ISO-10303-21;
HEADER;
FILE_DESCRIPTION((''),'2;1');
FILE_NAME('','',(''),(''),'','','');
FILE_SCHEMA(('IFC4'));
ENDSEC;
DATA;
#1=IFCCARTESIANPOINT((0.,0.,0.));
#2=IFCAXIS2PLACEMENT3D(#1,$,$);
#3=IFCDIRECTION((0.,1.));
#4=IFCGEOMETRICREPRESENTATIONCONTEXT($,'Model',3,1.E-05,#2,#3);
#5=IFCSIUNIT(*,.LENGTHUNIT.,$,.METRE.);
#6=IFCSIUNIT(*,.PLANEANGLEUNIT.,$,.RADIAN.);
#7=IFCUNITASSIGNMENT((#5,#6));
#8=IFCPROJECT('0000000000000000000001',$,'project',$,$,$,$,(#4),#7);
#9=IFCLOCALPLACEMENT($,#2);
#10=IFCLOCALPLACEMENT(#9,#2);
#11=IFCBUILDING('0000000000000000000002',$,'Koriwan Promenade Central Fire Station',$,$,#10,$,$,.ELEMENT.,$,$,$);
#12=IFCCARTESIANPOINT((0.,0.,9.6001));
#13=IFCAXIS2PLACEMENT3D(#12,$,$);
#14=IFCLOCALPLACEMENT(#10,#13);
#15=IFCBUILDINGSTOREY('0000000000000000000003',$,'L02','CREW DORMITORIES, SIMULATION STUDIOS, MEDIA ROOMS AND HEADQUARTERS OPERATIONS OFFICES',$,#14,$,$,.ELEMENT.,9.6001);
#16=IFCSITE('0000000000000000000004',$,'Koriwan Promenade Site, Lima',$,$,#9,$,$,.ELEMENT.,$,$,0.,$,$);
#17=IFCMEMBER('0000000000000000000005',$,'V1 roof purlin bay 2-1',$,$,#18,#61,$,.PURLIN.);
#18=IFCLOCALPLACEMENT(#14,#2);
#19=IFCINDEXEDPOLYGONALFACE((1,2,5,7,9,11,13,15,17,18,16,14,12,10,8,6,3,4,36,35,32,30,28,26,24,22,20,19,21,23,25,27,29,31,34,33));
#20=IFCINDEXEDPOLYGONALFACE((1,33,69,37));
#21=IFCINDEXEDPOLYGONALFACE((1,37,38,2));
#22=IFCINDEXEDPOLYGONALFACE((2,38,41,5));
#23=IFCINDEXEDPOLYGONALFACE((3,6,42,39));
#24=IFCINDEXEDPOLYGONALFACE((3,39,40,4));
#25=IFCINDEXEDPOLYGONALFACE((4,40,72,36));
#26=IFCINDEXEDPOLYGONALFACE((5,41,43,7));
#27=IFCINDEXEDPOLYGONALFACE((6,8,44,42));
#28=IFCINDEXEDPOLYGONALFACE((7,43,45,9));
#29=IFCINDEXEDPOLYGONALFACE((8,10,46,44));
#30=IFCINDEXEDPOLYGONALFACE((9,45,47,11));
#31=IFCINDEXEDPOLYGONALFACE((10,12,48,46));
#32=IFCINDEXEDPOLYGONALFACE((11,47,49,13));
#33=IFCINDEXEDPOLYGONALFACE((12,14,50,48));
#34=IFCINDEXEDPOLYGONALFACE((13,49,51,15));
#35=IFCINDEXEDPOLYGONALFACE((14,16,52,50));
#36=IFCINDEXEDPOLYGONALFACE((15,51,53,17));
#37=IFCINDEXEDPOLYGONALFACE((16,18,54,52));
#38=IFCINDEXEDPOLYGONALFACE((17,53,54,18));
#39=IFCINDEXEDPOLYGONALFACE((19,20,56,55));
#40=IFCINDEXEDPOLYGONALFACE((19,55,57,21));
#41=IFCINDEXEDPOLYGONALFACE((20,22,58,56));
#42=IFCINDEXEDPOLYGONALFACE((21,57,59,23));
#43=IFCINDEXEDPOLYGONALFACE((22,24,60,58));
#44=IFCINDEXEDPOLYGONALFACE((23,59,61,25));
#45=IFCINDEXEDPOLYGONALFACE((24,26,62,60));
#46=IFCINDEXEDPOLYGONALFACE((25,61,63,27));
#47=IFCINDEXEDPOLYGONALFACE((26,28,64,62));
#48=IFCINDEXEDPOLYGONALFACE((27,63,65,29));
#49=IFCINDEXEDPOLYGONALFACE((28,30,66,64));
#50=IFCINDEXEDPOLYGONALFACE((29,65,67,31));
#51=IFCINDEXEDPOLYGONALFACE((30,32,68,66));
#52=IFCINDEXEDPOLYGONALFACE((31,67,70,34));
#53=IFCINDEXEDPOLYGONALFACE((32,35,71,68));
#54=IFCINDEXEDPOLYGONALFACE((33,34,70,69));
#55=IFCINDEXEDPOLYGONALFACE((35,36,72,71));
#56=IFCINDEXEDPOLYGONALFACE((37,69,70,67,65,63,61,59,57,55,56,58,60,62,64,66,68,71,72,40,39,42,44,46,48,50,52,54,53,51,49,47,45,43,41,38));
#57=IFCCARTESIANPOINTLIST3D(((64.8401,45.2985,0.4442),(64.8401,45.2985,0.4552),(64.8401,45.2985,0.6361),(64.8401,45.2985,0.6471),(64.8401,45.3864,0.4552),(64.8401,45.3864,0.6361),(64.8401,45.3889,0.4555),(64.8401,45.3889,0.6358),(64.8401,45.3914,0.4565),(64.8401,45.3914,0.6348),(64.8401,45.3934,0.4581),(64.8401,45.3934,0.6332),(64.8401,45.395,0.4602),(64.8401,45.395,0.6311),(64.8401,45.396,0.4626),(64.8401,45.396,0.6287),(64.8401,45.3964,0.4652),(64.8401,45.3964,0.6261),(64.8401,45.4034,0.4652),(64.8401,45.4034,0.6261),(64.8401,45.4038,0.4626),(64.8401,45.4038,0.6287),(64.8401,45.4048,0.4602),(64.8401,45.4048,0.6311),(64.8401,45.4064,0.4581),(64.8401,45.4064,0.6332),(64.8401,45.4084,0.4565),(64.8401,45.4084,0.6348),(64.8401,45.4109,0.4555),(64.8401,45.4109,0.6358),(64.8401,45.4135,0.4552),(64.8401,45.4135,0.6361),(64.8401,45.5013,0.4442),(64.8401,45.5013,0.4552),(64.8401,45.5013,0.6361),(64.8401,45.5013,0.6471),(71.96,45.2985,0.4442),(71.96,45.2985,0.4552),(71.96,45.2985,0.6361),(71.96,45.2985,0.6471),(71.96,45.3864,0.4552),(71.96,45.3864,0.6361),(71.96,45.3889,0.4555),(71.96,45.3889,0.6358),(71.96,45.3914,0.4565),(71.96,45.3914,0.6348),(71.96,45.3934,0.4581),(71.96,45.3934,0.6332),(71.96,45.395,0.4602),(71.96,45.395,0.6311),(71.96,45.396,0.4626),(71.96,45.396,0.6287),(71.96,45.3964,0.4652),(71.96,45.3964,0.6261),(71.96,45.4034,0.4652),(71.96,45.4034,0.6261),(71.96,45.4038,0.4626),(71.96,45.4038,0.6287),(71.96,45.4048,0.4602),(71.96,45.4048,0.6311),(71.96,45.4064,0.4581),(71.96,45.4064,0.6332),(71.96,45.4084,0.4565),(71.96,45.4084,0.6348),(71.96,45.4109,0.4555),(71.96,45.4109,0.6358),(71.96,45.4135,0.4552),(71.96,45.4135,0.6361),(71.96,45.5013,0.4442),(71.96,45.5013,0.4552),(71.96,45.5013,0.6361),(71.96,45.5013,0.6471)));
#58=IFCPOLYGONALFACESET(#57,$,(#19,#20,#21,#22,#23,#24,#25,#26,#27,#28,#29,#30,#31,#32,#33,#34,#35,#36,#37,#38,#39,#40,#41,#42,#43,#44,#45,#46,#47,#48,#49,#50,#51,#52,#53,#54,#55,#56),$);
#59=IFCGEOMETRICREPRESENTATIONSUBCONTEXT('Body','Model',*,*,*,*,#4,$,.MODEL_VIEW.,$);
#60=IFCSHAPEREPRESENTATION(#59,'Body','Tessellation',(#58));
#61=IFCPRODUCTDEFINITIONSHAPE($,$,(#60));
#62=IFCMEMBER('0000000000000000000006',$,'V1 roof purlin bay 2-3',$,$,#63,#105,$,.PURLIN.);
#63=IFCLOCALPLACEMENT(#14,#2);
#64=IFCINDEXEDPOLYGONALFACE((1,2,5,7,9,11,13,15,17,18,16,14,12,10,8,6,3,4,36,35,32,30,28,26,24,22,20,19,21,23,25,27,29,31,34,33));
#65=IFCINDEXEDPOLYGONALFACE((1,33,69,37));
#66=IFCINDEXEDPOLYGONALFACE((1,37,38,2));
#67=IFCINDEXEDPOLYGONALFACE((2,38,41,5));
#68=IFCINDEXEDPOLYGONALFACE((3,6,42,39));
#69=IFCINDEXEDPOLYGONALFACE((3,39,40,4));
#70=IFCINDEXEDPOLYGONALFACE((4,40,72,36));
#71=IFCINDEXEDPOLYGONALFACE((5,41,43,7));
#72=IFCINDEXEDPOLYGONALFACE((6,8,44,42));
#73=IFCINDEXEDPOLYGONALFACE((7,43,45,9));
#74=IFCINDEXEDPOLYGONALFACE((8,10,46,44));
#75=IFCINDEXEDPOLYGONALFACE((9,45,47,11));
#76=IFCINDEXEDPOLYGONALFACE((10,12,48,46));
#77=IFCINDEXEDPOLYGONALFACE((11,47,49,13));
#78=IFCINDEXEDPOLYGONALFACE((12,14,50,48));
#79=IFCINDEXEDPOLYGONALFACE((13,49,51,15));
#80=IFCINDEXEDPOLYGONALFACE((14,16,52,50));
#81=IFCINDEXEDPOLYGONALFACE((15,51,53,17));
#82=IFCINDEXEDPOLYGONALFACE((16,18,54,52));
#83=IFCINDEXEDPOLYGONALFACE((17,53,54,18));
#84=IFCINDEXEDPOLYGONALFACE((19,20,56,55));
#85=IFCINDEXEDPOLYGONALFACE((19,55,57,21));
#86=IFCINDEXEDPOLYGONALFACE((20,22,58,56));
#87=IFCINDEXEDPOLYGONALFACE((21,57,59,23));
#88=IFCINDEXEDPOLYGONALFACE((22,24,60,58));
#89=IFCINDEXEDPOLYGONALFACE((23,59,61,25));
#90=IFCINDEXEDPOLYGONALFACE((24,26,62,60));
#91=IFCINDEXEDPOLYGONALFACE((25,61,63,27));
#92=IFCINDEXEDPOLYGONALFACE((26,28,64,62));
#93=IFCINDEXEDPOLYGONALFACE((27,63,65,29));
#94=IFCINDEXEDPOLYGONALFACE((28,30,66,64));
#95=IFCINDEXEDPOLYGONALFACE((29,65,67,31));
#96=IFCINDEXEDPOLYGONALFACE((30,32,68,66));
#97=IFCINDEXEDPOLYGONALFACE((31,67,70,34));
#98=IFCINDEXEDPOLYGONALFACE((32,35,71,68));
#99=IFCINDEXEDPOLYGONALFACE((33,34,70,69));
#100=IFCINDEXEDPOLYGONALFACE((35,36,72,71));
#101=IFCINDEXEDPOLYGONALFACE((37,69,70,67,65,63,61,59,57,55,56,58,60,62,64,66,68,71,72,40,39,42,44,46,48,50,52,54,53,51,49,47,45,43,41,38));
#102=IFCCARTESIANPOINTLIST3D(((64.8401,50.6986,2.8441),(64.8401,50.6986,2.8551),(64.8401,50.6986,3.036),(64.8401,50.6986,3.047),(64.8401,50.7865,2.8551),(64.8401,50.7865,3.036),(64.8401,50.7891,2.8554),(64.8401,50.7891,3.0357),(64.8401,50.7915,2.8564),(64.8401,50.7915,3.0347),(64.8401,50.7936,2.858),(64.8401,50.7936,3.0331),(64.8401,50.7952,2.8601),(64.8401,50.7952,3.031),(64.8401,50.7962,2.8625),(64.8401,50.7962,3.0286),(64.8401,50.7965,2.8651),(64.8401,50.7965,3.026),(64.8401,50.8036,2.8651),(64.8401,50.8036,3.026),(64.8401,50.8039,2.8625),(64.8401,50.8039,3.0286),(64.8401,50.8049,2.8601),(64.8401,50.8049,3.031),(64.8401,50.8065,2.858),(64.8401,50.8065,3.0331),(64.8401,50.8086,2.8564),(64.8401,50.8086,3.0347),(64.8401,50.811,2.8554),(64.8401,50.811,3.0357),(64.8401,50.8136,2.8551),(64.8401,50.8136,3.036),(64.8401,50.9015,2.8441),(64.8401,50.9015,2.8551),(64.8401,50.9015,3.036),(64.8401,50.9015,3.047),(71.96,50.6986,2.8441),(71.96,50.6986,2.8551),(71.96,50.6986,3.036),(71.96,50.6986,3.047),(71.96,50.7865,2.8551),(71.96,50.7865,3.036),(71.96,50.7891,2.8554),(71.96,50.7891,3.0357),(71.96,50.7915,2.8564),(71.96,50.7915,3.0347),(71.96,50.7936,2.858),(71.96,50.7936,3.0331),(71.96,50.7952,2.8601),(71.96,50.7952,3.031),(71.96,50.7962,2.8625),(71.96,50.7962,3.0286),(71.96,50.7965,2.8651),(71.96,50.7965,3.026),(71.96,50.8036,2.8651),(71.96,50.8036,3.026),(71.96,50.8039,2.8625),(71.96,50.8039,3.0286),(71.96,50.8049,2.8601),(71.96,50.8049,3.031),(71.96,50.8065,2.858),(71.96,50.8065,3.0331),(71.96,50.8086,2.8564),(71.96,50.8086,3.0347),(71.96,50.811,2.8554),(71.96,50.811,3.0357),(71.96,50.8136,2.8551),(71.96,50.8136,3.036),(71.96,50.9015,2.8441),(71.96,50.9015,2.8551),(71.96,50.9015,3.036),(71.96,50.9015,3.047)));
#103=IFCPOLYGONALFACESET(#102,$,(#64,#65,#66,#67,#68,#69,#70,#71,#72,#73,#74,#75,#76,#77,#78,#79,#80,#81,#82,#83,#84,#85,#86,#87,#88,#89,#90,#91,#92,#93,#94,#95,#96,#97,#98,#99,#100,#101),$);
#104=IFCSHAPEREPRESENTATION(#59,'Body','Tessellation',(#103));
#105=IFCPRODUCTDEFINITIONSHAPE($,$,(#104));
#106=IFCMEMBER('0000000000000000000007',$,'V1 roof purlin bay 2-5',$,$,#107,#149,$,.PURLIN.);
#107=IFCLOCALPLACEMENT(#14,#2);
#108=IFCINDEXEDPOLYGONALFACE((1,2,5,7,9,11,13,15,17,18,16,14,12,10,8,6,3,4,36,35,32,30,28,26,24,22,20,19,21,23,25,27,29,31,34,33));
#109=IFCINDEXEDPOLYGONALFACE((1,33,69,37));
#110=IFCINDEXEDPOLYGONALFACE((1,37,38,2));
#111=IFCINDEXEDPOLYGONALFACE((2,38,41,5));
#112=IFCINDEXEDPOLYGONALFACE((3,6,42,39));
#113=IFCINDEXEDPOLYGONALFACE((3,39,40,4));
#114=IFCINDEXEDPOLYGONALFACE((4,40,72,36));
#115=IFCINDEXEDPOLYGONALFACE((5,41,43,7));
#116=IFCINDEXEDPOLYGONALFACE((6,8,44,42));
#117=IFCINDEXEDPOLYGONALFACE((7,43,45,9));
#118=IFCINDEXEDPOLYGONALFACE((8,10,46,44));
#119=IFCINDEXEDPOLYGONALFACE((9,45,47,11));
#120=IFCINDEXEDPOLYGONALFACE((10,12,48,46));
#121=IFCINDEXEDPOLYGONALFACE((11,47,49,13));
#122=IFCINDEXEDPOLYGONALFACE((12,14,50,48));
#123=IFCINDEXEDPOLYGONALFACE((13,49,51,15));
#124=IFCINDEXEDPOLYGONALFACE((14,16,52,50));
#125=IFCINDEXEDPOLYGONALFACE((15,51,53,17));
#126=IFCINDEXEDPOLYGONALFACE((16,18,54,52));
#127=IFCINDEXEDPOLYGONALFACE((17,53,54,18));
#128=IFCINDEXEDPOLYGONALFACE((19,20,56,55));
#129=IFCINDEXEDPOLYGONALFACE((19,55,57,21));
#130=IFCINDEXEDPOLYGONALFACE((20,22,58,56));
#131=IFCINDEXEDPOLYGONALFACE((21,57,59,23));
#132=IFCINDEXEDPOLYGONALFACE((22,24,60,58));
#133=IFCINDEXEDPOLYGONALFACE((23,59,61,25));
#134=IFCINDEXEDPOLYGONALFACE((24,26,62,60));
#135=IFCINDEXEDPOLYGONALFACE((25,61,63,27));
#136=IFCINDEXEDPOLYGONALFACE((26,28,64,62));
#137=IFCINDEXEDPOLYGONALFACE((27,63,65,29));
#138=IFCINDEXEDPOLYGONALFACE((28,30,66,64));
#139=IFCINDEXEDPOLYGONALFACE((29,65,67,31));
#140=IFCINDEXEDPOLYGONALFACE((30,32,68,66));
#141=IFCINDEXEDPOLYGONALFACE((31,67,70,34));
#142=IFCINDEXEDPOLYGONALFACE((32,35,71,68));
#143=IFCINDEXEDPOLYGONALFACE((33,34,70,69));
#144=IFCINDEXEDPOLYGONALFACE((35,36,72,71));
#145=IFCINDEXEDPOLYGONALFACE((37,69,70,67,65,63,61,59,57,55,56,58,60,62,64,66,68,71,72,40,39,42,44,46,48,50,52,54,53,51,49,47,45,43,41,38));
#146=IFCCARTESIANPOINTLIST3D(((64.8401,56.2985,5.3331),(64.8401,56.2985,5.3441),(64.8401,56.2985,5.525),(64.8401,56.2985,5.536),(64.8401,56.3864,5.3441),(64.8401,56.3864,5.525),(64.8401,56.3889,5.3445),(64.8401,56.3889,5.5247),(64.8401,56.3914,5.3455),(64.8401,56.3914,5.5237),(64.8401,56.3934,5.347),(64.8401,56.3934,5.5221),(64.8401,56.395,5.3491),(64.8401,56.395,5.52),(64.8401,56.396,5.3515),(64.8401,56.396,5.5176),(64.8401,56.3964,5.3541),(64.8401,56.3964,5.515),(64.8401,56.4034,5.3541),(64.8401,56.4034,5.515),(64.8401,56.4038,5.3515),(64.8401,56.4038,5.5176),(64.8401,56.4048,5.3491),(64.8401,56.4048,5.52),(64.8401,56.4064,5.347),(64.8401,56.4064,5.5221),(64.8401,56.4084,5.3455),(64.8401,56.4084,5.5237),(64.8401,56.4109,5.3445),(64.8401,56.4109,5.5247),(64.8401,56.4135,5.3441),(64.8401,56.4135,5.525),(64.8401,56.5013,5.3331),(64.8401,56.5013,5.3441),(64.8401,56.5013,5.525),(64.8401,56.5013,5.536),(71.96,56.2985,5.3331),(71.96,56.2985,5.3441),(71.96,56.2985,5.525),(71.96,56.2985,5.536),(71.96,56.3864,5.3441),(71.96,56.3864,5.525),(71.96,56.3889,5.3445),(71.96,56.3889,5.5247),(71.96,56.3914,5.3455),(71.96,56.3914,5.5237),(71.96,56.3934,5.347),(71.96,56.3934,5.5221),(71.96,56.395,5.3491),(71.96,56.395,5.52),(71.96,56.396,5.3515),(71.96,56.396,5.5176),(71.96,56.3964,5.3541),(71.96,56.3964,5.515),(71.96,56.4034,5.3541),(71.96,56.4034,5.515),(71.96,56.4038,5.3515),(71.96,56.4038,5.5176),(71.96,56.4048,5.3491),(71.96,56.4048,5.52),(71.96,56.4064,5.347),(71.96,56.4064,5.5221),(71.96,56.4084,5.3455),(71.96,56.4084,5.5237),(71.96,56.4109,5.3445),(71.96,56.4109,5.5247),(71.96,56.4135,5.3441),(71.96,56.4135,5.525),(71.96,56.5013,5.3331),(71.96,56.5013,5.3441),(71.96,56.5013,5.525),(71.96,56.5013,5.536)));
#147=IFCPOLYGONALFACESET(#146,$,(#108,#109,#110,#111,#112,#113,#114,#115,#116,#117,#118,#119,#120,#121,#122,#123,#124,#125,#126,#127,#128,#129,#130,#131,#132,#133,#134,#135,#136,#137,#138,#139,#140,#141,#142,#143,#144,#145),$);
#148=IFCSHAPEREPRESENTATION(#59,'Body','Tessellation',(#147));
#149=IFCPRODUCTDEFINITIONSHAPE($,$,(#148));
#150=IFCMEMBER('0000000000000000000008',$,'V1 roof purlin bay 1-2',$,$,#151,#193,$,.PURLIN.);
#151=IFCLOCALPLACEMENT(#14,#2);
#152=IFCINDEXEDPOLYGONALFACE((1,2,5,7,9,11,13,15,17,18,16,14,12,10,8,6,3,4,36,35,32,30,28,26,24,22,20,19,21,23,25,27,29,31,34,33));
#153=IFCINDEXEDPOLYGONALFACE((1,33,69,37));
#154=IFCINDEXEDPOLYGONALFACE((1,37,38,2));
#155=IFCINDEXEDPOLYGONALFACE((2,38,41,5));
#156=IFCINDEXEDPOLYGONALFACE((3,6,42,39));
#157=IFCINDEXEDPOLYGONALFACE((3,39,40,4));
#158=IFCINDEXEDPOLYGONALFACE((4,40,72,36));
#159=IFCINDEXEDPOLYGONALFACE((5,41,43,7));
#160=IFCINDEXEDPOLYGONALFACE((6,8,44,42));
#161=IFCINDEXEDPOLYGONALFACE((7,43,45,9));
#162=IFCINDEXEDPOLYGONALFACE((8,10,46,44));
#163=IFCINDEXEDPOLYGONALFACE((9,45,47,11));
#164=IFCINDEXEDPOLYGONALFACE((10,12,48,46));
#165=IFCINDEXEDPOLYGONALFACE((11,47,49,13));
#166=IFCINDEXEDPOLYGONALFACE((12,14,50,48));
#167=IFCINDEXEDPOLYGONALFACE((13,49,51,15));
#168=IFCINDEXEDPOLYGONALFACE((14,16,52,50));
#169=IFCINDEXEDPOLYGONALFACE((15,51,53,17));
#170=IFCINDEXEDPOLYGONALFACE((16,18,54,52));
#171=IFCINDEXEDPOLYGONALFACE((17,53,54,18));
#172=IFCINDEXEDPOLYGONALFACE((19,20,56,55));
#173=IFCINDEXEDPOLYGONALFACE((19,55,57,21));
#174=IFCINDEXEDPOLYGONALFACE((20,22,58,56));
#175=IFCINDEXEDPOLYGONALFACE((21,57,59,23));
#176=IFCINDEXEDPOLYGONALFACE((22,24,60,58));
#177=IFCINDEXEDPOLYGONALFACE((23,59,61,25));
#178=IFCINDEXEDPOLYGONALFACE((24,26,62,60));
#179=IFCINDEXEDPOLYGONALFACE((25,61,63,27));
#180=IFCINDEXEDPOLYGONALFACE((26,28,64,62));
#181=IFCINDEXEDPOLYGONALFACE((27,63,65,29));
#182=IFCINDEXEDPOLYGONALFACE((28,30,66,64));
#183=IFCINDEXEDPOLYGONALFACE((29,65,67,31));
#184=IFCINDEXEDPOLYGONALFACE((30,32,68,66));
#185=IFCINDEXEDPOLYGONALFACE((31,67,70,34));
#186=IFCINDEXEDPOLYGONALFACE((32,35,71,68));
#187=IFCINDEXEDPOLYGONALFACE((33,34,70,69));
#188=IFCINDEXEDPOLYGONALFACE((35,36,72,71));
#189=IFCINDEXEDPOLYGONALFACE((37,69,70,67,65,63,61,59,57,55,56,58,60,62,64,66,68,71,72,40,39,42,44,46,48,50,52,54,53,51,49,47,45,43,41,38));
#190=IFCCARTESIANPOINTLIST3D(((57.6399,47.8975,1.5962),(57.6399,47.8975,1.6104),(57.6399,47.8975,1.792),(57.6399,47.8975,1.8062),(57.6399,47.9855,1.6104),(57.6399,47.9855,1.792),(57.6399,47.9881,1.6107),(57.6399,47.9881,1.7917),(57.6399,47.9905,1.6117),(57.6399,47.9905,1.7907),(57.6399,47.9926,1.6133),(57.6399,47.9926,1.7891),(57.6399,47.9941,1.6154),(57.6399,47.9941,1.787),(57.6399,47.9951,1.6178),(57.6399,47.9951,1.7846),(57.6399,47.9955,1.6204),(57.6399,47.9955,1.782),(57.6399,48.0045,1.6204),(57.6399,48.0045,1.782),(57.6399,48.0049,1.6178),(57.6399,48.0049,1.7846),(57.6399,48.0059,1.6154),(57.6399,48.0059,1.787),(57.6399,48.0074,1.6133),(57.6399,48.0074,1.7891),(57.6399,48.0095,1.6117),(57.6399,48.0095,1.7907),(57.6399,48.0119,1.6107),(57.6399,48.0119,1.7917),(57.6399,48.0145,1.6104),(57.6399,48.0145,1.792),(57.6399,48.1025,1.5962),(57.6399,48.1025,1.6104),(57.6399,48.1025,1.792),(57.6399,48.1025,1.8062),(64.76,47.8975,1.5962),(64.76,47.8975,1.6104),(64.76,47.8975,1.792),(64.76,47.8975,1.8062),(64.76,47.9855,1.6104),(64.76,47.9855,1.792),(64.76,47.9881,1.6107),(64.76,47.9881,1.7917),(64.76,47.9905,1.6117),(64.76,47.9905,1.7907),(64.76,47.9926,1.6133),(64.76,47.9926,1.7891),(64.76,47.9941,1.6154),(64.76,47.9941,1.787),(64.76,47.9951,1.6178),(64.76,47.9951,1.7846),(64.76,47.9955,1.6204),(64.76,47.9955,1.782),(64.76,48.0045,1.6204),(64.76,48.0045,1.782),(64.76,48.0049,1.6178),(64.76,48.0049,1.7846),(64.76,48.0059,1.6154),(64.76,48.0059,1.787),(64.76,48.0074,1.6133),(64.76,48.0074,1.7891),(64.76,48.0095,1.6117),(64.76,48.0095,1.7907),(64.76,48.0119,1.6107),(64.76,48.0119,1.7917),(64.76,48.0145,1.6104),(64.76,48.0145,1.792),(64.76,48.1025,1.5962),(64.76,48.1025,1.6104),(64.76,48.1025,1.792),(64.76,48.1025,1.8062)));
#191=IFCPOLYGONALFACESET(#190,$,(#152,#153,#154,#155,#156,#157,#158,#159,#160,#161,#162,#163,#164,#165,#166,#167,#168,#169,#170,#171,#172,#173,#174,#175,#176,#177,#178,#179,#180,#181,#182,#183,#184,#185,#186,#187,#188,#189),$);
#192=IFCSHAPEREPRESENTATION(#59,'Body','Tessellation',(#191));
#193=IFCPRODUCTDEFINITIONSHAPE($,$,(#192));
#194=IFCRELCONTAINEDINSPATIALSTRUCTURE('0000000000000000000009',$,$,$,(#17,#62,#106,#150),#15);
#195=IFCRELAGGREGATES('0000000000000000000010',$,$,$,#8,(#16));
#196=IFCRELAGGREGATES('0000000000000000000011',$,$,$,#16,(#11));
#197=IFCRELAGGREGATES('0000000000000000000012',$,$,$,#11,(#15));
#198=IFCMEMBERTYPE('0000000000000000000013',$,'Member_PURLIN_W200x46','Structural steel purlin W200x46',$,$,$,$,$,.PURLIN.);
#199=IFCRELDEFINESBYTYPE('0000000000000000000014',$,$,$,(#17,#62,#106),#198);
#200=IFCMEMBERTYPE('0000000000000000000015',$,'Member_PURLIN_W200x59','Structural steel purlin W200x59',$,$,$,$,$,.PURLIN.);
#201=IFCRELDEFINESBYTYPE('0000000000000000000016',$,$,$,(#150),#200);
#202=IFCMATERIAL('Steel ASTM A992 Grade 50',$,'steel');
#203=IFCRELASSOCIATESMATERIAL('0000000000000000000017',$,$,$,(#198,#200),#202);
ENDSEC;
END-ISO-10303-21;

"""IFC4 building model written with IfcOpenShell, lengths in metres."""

from ifc_helpers import new_model, si_unit, direction, frame, origin, origin_2d, place, context, subcontext, project, spatial, i_section, extrude, material, material_profile, profile_set, type_object, element, save


model = new_model("IFC4")

# Units and contexts
model_context = context("Model", 3, precision=1e-05, world=origin(), true_north=direction((0.0, 1.0)))
body_context = subcontext(model_context, "Body", "Model", "MODEL_VIEW")
ifc_project = project(units=[si_unit("LENGTHUNIT", "METRE"), si_unit("PLANEANGLEUNIT", "RADIAN")], contexts=[model_context])

# Site, building, storey
site_placement = place(None, origin())
site = spatial("IfcSite", under=ifc_project, at=site_placement, Name="Koriwan Promenade Site, Lima", CompositionType="ELEMENT", RefElevation=0.0)
building_placement = place(site_placement, origin())
building = spatial("IfcBuilding", under=site, at=building_placement, Name="Koriwan Promenade Central Fire Station", CompositionType="ELEMENT")
storey_placement = place(building_placement, frame((0.0, 0.0, 9.6001)))
storey = spatial("IfcBuildingStorey", under=building, at=storey_placement, Name="L02", Description="CREW DORMITORIES, SIMULATION STUDIOS, MEDIA ROOMS AND HEADQUARTERS OPERATIONS OFFICES", CompositionType="ELEMENT", Elevation=9.6001)

# Members
ifc_material_1 = material(Name="Steel ASTM A992 Grade 50", Category="steel")
ifc_material_profile_1 = material_profile(ifc_material_1, i_section(OverallWidth=0.2029, OverallDepth=0.2029, WebThickness=0.0071, FlangeThickness=0.011, FilletRadius=0.01, at=origin_2d()), Name="W200x46")
ifc_profile_set_1 = profile_set([ifc_material_profile_1], Name="Steel ASTM A992 Grade 50")
member_type_1 = type_object("IfcMemberType", Name="Member_PURLIN_W200x46", Description="Structural steel purlin W200x46", PredefinedType="PURLIN", material=ifc_profile_set_1)
for number, where, z_axis, x_axis, name in (
    (1, (64.8401, 45.3999, 0.5457), (1.0, 0.0, 0.0), (0.0, 1.0, 0.0), "V1 roof purlin bay 2-1"),
    (2, (64.8401, 50.8, 2.9456), (1.0, 0.0, 0.0), (0.0, 1.0, 0.0), "V1 roof purlin bay 2-3"),
    (3, (64.8401, 56.3999, 5.4346), (1.0, 0.0, 0.0), (0.0, 1.0, 0.0), "V1 roof purlin bay 2-5"),
):
    element("IfcMember", number, at=place(storey_placement, frame(where, z_axis=z_axis, x_axis=x_axis)), inside=storey, type_object=member_type_1, Name=name, PredefinedType="PURLIN", context=body_context, shape_type="SweptSolid", body=[
        extrude(i_section(OverallWidth=0.2029, OverallDepth=0.2029, WebThickness=0.0071, FlangeThickness=0.011, FilletRadius=0.01, at=origin_2d()), origin(), (0.0, 0.0, 1.0), 7.1199),
    ])
ifc_material_profile_2 = material_profile(ifc_material_1, i_section(OverallWidth=0.2051, OverallDepth=0.21, WebThickness=0.009, FlangeThickness=0.0142, FilletRadius=0.01, at=origin_2d()), Name="W200x59")
ifc_profile_set_2 = profile_set([ifc_material_profile_2], Name="Steel ASTM A992 Grade 50")
member_type_2 = type_object("IfcMemberType", Name="Member_PURLIN_W200x59", Description="Structural steel purlin W200x59", PredefinedType="PURLIN", material=ifc_profile_set_2)
for number, where, z_axis, x_axis, name in (
    (4, (57.6399, 48.0, 1.7012), (1.0, 0.0, 0.0), (0.0, 1.0, 0.0), "V1 roof purlin bay 1-2"),
):
    element("IfcMember", number, at=place(storey_placement, frame(where, z_axis=z_axis, x_axis=x_axis)), inside=storey, type_object=member_type_2, Name=name, PredefinedType="PURLIN", context=body_context, shape_type="SweptSolid", body=[
        extrude(i_section(OverallWidth=0.2051, OverallDepth=0.21, WebThickness=0.009, FlangeThickness=0.0142, FilletRadius=0.01, at=origin_2d()), origin(), (0.0, 0.0, 1.0), 7.1201),
    ])

save(model, "model.ifc")
